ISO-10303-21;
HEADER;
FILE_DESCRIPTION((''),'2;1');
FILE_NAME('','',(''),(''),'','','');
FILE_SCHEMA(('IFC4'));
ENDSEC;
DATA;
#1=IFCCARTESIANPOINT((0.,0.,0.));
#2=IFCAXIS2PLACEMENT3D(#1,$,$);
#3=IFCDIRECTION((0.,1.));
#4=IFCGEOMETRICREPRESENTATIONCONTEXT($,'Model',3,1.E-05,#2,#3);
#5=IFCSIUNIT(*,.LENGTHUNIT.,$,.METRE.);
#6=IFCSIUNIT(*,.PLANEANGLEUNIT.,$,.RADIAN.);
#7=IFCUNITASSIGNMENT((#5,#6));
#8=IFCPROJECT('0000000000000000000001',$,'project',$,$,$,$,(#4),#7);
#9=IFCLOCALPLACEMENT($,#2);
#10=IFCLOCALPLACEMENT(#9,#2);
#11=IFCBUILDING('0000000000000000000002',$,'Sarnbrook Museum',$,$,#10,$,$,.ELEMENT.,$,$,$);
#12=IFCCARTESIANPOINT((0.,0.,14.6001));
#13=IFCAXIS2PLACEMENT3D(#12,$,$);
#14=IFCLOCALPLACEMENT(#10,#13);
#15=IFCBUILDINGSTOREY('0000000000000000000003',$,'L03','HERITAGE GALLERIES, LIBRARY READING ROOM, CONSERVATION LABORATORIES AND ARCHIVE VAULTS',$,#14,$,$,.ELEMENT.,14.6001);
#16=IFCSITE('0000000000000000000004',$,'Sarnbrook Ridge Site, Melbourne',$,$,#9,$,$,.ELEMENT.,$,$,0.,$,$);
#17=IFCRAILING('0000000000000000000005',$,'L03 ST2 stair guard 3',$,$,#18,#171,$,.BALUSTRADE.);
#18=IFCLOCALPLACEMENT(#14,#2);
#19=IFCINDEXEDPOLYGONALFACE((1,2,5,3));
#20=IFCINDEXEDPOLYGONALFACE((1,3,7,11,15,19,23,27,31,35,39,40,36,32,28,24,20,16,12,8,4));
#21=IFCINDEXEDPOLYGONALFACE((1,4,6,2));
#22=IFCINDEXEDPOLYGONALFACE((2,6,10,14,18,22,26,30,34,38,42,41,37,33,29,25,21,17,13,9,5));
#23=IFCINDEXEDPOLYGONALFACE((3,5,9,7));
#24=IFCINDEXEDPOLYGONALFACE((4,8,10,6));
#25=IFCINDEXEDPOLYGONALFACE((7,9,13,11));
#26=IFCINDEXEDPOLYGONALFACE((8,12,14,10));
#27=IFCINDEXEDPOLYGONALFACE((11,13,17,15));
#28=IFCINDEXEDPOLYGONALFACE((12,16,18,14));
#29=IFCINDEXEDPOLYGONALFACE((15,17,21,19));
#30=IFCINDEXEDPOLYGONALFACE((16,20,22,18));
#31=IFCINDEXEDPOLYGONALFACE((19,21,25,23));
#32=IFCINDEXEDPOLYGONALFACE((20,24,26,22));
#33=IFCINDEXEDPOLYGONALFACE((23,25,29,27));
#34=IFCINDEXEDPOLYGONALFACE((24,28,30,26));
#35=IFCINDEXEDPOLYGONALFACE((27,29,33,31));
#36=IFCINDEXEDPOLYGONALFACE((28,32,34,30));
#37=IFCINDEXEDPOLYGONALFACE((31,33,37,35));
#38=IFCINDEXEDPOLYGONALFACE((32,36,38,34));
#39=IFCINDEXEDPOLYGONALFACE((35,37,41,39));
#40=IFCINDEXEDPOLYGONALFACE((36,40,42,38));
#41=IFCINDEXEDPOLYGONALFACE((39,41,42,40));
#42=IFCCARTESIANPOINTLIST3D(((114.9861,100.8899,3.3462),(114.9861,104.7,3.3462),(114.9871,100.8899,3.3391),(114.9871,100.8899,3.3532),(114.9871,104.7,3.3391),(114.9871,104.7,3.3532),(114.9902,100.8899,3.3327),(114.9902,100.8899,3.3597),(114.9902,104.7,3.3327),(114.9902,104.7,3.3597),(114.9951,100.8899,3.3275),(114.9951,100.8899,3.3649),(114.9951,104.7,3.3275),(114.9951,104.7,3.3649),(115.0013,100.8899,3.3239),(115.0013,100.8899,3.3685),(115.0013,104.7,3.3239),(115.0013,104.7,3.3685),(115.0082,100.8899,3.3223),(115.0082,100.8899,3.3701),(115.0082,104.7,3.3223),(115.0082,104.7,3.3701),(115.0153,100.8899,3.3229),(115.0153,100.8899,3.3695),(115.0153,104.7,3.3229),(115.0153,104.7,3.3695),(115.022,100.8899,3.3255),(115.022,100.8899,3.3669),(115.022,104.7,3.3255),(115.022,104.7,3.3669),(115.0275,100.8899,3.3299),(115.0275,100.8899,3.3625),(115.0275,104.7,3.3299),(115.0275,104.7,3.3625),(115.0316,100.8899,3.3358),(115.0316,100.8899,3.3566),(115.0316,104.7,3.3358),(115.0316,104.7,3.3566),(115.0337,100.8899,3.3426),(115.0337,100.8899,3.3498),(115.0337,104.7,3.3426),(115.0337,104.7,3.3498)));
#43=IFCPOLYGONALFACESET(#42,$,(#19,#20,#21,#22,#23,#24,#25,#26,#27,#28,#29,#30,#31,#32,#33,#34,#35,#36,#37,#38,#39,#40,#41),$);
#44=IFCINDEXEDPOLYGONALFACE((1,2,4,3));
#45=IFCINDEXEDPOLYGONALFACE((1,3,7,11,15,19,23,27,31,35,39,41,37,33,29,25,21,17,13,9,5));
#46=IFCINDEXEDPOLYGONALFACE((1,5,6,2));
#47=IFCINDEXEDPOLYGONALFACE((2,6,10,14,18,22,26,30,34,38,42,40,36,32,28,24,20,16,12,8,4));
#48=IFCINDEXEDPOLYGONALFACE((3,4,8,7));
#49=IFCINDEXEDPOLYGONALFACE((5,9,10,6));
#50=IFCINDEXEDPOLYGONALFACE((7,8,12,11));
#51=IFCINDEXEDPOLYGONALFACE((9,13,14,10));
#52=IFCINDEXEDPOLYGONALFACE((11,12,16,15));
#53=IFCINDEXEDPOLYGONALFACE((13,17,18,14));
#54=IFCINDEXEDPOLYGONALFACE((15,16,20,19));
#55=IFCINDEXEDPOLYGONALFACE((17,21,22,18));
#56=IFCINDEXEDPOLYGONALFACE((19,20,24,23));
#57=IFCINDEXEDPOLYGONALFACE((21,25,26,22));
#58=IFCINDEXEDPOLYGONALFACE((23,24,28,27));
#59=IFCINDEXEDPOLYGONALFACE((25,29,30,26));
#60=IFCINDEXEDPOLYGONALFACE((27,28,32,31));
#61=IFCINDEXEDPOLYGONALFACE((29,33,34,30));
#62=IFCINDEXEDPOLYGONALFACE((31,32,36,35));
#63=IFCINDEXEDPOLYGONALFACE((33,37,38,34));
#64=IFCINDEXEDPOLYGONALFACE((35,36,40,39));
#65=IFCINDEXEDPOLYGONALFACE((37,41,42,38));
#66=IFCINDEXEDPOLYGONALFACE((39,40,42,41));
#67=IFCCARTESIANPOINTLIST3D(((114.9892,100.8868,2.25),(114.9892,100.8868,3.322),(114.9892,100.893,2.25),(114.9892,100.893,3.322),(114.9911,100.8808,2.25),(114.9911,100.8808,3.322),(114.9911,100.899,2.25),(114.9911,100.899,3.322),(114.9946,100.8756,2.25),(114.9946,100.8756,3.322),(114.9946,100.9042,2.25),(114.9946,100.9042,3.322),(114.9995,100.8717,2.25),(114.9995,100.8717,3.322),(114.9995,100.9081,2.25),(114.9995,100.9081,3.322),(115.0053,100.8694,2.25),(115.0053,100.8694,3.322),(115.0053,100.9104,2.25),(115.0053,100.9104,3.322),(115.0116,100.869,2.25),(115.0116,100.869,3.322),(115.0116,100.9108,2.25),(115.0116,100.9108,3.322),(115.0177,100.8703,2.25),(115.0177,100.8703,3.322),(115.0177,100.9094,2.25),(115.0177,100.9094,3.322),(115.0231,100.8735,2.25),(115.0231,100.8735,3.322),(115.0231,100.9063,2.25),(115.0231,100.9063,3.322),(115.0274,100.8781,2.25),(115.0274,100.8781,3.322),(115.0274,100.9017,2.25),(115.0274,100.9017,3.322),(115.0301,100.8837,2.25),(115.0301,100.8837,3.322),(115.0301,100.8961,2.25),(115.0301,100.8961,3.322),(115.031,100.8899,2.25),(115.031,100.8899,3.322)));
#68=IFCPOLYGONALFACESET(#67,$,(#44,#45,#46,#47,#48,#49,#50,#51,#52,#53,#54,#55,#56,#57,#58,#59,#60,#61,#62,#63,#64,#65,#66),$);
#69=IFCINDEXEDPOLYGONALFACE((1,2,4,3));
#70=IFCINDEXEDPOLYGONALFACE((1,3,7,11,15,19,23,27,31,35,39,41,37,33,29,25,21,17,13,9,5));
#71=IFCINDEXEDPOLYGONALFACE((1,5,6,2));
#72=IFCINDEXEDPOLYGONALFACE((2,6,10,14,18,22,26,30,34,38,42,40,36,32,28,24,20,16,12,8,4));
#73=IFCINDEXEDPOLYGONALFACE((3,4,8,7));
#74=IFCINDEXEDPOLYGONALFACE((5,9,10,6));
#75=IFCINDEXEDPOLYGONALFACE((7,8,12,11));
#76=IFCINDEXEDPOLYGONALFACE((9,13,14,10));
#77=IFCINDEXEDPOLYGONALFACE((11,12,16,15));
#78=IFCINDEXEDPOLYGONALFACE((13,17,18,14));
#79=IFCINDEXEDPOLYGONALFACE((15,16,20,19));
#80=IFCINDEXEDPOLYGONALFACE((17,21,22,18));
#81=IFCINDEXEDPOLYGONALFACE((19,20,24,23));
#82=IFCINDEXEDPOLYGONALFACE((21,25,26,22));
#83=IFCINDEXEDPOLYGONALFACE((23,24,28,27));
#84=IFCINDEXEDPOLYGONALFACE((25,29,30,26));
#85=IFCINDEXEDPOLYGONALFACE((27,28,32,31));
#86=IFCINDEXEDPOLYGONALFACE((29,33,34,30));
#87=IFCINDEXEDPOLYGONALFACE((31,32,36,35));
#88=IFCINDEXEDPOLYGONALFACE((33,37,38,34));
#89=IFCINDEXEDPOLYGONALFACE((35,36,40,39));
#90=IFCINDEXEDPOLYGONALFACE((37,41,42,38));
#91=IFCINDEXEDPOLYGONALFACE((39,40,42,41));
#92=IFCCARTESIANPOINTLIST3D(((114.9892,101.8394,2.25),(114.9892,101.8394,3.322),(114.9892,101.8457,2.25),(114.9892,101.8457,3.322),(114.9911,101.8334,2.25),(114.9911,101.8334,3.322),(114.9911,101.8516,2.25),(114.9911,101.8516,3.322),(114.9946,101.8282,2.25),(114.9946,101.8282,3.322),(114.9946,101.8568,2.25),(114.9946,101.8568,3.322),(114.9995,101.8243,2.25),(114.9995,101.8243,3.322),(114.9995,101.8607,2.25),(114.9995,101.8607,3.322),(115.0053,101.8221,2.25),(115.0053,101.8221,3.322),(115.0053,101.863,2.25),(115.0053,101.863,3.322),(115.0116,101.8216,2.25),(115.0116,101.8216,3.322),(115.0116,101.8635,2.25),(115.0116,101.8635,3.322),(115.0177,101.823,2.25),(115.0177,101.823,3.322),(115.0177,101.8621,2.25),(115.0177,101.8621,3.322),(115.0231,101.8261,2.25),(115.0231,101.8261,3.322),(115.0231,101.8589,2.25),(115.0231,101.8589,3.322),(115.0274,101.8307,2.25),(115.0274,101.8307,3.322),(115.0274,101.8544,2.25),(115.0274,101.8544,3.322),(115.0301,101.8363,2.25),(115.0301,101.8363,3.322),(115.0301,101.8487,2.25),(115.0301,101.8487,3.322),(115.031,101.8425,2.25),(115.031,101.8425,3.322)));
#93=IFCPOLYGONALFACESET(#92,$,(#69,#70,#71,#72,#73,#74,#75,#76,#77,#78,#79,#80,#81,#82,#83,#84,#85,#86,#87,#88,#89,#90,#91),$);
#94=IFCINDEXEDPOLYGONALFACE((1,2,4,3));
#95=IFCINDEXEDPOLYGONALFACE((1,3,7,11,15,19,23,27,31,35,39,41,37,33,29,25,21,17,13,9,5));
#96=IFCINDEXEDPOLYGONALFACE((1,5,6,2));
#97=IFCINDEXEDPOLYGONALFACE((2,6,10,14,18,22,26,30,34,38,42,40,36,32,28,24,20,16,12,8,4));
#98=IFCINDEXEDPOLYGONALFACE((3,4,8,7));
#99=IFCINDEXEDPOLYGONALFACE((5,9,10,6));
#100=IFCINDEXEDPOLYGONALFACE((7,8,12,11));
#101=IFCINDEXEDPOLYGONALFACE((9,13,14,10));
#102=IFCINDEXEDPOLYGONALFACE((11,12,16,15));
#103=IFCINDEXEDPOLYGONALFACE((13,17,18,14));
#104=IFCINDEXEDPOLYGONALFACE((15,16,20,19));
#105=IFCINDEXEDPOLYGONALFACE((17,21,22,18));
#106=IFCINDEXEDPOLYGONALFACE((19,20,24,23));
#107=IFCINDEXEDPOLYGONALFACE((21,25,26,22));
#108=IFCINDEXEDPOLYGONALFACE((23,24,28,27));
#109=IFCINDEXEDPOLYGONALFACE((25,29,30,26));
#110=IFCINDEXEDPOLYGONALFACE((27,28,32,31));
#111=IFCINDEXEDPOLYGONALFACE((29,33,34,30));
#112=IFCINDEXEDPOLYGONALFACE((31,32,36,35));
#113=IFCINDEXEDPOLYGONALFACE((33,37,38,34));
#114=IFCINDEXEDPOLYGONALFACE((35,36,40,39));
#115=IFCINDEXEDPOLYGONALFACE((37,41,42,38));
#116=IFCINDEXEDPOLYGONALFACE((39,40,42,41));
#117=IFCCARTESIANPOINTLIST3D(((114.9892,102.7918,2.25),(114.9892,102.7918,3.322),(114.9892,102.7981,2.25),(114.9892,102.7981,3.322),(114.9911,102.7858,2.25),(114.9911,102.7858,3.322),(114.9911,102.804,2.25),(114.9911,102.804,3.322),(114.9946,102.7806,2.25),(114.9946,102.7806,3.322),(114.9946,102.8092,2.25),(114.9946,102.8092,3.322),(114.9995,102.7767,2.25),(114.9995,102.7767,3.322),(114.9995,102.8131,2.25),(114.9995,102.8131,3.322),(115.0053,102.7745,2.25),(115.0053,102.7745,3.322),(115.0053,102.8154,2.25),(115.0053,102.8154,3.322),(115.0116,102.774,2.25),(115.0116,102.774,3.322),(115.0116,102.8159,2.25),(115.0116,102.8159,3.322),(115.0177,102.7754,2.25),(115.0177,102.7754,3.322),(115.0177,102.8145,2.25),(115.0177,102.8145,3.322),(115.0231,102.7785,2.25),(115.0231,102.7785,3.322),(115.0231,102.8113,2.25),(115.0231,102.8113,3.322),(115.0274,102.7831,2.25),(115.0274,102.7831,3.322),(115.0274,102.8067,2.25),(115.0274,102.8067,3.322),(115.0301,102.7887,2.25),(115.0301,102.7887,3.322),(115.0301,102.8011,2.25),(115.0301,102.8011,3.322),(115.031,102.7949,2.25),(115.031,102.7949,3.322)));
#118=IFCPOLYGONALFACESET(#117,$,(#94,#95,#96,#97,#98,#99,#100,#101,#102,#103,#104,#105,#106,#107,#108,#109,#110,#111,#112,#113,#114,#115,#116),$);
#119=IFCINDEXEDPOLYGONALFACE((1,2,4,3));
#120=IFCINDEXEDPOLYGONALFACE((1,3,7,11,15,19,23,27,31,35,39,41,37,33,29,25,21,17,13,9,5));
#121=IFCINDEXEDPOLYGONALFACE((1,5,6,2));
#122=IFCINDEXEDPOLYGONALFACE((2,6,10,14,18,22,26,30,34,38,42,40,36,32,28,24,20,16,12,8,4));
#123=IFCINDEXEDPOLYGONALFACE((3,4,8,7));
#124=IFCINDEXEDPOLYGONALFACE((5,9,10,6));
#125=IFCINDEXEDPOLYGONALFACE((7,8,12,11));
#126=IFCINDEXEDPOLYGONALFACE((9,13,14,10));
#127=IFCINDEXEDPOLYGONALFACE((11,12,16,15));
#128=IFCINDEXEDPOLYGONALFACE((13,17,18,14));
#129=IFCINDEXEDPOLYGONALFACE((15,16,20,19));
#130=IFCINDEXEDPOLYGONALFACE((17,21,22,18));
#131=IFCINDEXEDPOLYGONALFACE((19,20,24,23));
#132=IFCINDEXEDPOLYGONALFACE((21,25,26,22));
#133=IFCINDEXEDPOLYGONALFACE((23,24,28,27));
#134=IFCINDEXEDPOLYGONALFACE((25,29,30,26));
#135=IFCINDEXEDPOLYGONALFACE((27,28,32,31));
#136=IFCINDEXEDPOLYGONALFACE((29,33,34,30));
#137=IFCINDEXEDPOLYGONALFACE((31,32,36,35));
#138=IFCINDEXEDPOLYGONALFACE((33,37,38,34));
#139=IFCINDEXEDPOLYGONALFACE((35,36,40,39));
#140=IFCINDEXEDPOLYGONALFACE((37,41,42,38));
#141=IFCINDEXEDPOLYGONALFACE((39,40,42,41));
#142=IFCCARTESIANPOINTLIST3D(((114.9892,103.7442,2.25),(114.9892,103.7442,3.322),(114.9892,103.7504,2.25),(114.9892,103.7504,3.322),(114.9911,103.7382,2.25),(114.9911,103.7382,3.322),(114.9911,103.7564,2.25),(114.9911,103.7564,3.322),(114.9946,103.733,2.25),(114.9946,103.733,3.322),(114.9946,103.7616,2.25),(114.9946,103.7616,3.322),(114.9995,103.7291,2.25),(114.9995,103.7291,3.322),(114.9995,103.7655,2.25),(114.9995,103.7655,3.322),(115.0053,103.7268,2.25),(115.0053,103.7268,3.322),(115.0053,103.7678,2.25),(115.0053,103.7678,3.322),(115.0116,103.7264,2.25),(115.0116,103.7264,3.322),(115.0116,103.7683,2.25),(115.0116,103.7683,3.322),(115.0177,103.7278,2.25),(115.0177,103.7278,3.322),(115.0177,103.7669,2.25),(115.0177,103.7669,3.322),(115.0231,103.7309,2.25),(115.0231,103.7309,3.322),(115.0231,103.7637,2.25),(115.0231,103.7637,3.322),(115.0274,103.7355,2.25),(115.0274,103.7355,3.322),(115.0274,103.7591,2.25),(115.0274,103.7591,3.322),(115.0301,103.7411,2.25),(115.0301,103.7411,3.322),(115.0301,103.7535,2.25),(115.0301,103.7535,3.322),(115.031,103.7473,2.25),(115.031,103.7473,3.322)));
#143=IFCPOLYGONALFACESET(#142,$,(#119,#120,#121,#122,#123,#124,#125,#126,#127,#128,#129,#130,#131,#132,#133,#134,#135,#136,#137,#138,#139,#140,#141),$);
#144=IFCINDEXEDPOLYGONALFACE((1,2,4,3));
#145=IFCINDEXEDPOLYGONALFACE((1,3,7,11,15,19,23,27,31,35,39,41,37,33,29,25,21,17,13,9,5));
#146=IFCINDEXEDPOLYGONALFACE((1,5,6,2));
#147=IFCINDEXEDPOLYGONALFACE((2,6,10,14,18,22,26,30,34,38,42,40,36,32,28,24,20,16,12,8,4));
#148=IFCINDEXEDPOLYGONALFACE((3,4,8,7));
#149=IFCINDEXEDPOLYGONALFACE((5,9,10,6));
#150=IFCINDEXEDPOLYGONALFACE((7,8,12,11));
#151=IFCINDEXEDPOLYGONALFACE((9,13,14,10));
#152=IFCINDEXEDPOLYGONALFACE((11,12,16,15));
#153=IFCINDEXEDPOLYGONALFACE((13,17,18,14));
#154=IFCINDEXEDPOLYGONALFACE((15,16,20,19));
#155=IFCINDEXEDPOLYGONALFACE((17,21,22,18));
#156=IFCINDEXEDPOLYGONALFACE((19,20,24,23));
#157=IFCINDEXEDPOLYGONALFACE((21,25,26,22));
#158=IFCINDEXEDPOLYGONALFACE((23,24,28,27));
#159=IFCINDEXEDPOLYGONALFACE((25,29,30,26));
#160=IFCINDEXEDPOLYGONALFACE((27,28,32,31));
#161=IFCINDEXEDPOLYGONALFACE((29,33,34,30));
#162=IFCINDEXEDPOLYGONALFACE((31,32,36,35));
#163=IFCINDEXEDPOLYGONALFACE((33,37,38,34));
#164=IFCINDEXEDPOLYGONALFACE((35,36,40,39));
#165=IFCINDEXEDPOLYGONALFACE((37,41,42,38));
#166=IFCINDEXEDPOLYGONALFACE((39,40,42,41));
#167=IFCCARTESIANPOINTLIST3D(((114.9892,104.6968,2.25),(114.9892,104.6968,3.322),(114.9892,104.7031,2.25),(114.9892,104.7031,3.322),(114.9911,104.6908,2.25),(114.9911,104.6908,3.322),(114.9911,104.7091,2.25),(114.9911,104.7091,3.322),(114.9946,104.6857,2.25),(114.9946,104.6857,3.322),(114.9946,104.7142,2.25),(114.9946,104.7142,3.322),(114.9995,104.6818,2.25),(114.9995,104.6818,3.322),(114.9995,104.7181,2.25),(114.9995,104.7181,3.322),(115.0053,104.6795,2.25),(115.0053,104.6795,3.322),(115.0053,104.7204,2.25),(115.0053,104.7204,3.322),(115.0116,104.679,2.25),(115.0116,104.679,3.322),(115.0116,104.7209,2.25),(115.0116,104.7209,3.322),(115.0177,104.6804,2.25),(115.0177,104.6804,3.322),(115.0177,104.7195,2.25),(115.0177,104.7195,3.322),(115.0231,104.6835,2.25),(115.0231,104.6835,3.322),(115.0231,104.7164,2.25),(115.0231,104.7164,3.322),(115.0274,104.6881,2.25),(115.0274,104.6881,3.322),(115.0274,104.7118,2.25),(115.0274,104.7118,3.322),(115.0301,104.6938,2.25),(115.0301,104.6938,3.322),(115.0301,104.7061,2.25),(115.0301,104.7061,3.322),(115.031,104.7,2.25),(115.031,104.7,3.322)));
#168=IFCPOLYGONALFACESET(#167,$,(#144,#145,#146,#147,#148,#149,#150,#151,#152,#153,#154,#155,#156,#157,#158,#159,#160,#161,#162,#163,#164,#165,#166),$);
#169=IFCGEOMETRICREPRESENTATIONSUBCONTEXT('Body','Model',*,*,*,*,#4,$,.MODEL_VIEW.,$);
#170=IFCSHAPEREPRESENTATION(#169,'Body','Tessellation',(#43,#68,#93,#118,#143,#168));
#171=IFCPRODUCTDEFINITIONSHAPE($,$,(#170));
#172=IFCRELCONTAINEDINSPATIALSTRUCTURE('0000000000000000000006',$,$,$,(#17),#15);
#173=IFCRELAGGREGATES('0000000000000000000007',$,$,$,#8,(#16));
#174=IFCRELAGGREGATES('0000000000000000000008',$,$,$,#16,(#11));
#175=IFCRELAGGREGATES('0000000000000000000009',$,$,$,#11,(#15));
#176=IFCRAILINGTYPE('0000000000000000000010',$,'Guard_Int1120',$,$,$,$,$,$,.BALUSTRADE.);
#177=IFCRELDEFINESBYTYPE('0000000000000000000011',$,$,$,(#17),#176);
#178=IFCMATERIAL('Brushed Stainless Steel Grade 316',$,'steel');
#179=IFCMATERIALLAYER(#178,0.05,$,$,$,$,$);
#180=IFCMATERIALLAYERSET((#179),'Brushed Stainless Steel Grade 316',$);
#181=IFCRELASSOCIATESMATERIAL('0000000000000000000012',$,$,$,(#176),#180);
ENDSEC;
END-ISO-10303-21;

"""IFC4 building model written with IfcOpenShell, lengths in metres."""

from ifc_helpers import new_model, si_unit, direction, frame, origin, origin_2d, place, context, subcontext, project, spatial, circle, extrude, material, layer, layer_set, type_object, element, save


model = new_model("IFC4")

# Units and contexts
model_context = context("Model", 3, precision=1e-05, world=origin(), true_north=direction((0.0, 1.0)))
body_context = subcontext(model_context, "Body", "Model", "MODEL_VIEW")
ifc_project = project(units=[si_unit("LENGTHUNIT", "METRE"), si_unit("PLANEANGLEUNIT", "RADIAN")], contexts=[model_context])

# Site, building, storey
site_placement = place(None, origin())
site = spatial("IfcSite", under=ifc_project, at=site_placement, Name="Sarnbrook Ridge Site, Melbourne", CompositionType="ELEMENT", RefElevation=0.0)
building_placement = place(site_placement, origin())
building = spatial("IfcBuilding", under=site, at=building_placement, Name="Sarnbrook Museum", CompositionType="ELEMENT")
storey_placement = place(building_placement, frame((0.0, 0.0, 14.6001)))
storey = spatial("IfcBuildingStorey", under=building, at=storey_placement, Name="L03", Description="HERITAGE GALLERIES, LIBRARY READING ROOM, CONSERVATION LABORATORIES AND ARCHIVE VAULTS", CompositionType="ELEMENT", Elevation=14.6001)

# Shared definitions
ifc_material_1 = material(Name="Brushed Stainless Steel Grade 316", Category="steel")

# Railing
ifc_layer_1 = layer(ifc_material_1, 0.05)
ifc_layer_set_1 = layer_set([ifc_layer_1], Name="Brushed Stainless Steel Grade 316")
railing_type = type_object("IfcRailingType", Name="Guard_Int1120", PredefinedType="BALUSTRADE", material=ifc_layer_set_1)
railing_1_placement = place(storey_placement, frame((115.01, 100.8899, 2.25)))
element("IfcRailing", 1, at=railing_1_placement, inside=storey, type_object=railing_type, Name="L03 ST2 stair guard 3", PredefinedType="BALUSTRADE", context=body_context, shape_type="SweptSolid", body=[
    extrude(circle(Radius=0.0239, at=origin_2d()), frame((0.0, 0.0, 1.0962), z_axis=(0.0, 1.0, 0.0), x_axis=(-1.0, 0.0, 0.0)), (0.0, 0.0, 1.0), 3.8101),
    extrude(circle(Radius=0.021, at=origin_2d()), origin(), (0.0, 0.0, 1.0), 1.072),
    extrude(circle(Radius=0.021, at=origin_2d()), frame((0.0, 0.9526, 0.0)), (0.0, 0.0, 1.0), 1.072),
    extrude(circle(Radius=0.021, at=origin_2d()), frame((0.0, 1.905, 0.0)), (0.0, 0.0, 1.0), 1.072),
    extrude(circle(Radius=0.021, at=origin_2d()), frame((0.0, 2.8574, 0.0)), (0.0, 0.0, 1.0), 1.072),
    extrude(circle(Radius=0.021, at=origin_2d()), frame((0.0, 3.8101, 0.0)), (0.0, 0.0, 1.0), 1.072),
])

save(model, "model.ifc")
